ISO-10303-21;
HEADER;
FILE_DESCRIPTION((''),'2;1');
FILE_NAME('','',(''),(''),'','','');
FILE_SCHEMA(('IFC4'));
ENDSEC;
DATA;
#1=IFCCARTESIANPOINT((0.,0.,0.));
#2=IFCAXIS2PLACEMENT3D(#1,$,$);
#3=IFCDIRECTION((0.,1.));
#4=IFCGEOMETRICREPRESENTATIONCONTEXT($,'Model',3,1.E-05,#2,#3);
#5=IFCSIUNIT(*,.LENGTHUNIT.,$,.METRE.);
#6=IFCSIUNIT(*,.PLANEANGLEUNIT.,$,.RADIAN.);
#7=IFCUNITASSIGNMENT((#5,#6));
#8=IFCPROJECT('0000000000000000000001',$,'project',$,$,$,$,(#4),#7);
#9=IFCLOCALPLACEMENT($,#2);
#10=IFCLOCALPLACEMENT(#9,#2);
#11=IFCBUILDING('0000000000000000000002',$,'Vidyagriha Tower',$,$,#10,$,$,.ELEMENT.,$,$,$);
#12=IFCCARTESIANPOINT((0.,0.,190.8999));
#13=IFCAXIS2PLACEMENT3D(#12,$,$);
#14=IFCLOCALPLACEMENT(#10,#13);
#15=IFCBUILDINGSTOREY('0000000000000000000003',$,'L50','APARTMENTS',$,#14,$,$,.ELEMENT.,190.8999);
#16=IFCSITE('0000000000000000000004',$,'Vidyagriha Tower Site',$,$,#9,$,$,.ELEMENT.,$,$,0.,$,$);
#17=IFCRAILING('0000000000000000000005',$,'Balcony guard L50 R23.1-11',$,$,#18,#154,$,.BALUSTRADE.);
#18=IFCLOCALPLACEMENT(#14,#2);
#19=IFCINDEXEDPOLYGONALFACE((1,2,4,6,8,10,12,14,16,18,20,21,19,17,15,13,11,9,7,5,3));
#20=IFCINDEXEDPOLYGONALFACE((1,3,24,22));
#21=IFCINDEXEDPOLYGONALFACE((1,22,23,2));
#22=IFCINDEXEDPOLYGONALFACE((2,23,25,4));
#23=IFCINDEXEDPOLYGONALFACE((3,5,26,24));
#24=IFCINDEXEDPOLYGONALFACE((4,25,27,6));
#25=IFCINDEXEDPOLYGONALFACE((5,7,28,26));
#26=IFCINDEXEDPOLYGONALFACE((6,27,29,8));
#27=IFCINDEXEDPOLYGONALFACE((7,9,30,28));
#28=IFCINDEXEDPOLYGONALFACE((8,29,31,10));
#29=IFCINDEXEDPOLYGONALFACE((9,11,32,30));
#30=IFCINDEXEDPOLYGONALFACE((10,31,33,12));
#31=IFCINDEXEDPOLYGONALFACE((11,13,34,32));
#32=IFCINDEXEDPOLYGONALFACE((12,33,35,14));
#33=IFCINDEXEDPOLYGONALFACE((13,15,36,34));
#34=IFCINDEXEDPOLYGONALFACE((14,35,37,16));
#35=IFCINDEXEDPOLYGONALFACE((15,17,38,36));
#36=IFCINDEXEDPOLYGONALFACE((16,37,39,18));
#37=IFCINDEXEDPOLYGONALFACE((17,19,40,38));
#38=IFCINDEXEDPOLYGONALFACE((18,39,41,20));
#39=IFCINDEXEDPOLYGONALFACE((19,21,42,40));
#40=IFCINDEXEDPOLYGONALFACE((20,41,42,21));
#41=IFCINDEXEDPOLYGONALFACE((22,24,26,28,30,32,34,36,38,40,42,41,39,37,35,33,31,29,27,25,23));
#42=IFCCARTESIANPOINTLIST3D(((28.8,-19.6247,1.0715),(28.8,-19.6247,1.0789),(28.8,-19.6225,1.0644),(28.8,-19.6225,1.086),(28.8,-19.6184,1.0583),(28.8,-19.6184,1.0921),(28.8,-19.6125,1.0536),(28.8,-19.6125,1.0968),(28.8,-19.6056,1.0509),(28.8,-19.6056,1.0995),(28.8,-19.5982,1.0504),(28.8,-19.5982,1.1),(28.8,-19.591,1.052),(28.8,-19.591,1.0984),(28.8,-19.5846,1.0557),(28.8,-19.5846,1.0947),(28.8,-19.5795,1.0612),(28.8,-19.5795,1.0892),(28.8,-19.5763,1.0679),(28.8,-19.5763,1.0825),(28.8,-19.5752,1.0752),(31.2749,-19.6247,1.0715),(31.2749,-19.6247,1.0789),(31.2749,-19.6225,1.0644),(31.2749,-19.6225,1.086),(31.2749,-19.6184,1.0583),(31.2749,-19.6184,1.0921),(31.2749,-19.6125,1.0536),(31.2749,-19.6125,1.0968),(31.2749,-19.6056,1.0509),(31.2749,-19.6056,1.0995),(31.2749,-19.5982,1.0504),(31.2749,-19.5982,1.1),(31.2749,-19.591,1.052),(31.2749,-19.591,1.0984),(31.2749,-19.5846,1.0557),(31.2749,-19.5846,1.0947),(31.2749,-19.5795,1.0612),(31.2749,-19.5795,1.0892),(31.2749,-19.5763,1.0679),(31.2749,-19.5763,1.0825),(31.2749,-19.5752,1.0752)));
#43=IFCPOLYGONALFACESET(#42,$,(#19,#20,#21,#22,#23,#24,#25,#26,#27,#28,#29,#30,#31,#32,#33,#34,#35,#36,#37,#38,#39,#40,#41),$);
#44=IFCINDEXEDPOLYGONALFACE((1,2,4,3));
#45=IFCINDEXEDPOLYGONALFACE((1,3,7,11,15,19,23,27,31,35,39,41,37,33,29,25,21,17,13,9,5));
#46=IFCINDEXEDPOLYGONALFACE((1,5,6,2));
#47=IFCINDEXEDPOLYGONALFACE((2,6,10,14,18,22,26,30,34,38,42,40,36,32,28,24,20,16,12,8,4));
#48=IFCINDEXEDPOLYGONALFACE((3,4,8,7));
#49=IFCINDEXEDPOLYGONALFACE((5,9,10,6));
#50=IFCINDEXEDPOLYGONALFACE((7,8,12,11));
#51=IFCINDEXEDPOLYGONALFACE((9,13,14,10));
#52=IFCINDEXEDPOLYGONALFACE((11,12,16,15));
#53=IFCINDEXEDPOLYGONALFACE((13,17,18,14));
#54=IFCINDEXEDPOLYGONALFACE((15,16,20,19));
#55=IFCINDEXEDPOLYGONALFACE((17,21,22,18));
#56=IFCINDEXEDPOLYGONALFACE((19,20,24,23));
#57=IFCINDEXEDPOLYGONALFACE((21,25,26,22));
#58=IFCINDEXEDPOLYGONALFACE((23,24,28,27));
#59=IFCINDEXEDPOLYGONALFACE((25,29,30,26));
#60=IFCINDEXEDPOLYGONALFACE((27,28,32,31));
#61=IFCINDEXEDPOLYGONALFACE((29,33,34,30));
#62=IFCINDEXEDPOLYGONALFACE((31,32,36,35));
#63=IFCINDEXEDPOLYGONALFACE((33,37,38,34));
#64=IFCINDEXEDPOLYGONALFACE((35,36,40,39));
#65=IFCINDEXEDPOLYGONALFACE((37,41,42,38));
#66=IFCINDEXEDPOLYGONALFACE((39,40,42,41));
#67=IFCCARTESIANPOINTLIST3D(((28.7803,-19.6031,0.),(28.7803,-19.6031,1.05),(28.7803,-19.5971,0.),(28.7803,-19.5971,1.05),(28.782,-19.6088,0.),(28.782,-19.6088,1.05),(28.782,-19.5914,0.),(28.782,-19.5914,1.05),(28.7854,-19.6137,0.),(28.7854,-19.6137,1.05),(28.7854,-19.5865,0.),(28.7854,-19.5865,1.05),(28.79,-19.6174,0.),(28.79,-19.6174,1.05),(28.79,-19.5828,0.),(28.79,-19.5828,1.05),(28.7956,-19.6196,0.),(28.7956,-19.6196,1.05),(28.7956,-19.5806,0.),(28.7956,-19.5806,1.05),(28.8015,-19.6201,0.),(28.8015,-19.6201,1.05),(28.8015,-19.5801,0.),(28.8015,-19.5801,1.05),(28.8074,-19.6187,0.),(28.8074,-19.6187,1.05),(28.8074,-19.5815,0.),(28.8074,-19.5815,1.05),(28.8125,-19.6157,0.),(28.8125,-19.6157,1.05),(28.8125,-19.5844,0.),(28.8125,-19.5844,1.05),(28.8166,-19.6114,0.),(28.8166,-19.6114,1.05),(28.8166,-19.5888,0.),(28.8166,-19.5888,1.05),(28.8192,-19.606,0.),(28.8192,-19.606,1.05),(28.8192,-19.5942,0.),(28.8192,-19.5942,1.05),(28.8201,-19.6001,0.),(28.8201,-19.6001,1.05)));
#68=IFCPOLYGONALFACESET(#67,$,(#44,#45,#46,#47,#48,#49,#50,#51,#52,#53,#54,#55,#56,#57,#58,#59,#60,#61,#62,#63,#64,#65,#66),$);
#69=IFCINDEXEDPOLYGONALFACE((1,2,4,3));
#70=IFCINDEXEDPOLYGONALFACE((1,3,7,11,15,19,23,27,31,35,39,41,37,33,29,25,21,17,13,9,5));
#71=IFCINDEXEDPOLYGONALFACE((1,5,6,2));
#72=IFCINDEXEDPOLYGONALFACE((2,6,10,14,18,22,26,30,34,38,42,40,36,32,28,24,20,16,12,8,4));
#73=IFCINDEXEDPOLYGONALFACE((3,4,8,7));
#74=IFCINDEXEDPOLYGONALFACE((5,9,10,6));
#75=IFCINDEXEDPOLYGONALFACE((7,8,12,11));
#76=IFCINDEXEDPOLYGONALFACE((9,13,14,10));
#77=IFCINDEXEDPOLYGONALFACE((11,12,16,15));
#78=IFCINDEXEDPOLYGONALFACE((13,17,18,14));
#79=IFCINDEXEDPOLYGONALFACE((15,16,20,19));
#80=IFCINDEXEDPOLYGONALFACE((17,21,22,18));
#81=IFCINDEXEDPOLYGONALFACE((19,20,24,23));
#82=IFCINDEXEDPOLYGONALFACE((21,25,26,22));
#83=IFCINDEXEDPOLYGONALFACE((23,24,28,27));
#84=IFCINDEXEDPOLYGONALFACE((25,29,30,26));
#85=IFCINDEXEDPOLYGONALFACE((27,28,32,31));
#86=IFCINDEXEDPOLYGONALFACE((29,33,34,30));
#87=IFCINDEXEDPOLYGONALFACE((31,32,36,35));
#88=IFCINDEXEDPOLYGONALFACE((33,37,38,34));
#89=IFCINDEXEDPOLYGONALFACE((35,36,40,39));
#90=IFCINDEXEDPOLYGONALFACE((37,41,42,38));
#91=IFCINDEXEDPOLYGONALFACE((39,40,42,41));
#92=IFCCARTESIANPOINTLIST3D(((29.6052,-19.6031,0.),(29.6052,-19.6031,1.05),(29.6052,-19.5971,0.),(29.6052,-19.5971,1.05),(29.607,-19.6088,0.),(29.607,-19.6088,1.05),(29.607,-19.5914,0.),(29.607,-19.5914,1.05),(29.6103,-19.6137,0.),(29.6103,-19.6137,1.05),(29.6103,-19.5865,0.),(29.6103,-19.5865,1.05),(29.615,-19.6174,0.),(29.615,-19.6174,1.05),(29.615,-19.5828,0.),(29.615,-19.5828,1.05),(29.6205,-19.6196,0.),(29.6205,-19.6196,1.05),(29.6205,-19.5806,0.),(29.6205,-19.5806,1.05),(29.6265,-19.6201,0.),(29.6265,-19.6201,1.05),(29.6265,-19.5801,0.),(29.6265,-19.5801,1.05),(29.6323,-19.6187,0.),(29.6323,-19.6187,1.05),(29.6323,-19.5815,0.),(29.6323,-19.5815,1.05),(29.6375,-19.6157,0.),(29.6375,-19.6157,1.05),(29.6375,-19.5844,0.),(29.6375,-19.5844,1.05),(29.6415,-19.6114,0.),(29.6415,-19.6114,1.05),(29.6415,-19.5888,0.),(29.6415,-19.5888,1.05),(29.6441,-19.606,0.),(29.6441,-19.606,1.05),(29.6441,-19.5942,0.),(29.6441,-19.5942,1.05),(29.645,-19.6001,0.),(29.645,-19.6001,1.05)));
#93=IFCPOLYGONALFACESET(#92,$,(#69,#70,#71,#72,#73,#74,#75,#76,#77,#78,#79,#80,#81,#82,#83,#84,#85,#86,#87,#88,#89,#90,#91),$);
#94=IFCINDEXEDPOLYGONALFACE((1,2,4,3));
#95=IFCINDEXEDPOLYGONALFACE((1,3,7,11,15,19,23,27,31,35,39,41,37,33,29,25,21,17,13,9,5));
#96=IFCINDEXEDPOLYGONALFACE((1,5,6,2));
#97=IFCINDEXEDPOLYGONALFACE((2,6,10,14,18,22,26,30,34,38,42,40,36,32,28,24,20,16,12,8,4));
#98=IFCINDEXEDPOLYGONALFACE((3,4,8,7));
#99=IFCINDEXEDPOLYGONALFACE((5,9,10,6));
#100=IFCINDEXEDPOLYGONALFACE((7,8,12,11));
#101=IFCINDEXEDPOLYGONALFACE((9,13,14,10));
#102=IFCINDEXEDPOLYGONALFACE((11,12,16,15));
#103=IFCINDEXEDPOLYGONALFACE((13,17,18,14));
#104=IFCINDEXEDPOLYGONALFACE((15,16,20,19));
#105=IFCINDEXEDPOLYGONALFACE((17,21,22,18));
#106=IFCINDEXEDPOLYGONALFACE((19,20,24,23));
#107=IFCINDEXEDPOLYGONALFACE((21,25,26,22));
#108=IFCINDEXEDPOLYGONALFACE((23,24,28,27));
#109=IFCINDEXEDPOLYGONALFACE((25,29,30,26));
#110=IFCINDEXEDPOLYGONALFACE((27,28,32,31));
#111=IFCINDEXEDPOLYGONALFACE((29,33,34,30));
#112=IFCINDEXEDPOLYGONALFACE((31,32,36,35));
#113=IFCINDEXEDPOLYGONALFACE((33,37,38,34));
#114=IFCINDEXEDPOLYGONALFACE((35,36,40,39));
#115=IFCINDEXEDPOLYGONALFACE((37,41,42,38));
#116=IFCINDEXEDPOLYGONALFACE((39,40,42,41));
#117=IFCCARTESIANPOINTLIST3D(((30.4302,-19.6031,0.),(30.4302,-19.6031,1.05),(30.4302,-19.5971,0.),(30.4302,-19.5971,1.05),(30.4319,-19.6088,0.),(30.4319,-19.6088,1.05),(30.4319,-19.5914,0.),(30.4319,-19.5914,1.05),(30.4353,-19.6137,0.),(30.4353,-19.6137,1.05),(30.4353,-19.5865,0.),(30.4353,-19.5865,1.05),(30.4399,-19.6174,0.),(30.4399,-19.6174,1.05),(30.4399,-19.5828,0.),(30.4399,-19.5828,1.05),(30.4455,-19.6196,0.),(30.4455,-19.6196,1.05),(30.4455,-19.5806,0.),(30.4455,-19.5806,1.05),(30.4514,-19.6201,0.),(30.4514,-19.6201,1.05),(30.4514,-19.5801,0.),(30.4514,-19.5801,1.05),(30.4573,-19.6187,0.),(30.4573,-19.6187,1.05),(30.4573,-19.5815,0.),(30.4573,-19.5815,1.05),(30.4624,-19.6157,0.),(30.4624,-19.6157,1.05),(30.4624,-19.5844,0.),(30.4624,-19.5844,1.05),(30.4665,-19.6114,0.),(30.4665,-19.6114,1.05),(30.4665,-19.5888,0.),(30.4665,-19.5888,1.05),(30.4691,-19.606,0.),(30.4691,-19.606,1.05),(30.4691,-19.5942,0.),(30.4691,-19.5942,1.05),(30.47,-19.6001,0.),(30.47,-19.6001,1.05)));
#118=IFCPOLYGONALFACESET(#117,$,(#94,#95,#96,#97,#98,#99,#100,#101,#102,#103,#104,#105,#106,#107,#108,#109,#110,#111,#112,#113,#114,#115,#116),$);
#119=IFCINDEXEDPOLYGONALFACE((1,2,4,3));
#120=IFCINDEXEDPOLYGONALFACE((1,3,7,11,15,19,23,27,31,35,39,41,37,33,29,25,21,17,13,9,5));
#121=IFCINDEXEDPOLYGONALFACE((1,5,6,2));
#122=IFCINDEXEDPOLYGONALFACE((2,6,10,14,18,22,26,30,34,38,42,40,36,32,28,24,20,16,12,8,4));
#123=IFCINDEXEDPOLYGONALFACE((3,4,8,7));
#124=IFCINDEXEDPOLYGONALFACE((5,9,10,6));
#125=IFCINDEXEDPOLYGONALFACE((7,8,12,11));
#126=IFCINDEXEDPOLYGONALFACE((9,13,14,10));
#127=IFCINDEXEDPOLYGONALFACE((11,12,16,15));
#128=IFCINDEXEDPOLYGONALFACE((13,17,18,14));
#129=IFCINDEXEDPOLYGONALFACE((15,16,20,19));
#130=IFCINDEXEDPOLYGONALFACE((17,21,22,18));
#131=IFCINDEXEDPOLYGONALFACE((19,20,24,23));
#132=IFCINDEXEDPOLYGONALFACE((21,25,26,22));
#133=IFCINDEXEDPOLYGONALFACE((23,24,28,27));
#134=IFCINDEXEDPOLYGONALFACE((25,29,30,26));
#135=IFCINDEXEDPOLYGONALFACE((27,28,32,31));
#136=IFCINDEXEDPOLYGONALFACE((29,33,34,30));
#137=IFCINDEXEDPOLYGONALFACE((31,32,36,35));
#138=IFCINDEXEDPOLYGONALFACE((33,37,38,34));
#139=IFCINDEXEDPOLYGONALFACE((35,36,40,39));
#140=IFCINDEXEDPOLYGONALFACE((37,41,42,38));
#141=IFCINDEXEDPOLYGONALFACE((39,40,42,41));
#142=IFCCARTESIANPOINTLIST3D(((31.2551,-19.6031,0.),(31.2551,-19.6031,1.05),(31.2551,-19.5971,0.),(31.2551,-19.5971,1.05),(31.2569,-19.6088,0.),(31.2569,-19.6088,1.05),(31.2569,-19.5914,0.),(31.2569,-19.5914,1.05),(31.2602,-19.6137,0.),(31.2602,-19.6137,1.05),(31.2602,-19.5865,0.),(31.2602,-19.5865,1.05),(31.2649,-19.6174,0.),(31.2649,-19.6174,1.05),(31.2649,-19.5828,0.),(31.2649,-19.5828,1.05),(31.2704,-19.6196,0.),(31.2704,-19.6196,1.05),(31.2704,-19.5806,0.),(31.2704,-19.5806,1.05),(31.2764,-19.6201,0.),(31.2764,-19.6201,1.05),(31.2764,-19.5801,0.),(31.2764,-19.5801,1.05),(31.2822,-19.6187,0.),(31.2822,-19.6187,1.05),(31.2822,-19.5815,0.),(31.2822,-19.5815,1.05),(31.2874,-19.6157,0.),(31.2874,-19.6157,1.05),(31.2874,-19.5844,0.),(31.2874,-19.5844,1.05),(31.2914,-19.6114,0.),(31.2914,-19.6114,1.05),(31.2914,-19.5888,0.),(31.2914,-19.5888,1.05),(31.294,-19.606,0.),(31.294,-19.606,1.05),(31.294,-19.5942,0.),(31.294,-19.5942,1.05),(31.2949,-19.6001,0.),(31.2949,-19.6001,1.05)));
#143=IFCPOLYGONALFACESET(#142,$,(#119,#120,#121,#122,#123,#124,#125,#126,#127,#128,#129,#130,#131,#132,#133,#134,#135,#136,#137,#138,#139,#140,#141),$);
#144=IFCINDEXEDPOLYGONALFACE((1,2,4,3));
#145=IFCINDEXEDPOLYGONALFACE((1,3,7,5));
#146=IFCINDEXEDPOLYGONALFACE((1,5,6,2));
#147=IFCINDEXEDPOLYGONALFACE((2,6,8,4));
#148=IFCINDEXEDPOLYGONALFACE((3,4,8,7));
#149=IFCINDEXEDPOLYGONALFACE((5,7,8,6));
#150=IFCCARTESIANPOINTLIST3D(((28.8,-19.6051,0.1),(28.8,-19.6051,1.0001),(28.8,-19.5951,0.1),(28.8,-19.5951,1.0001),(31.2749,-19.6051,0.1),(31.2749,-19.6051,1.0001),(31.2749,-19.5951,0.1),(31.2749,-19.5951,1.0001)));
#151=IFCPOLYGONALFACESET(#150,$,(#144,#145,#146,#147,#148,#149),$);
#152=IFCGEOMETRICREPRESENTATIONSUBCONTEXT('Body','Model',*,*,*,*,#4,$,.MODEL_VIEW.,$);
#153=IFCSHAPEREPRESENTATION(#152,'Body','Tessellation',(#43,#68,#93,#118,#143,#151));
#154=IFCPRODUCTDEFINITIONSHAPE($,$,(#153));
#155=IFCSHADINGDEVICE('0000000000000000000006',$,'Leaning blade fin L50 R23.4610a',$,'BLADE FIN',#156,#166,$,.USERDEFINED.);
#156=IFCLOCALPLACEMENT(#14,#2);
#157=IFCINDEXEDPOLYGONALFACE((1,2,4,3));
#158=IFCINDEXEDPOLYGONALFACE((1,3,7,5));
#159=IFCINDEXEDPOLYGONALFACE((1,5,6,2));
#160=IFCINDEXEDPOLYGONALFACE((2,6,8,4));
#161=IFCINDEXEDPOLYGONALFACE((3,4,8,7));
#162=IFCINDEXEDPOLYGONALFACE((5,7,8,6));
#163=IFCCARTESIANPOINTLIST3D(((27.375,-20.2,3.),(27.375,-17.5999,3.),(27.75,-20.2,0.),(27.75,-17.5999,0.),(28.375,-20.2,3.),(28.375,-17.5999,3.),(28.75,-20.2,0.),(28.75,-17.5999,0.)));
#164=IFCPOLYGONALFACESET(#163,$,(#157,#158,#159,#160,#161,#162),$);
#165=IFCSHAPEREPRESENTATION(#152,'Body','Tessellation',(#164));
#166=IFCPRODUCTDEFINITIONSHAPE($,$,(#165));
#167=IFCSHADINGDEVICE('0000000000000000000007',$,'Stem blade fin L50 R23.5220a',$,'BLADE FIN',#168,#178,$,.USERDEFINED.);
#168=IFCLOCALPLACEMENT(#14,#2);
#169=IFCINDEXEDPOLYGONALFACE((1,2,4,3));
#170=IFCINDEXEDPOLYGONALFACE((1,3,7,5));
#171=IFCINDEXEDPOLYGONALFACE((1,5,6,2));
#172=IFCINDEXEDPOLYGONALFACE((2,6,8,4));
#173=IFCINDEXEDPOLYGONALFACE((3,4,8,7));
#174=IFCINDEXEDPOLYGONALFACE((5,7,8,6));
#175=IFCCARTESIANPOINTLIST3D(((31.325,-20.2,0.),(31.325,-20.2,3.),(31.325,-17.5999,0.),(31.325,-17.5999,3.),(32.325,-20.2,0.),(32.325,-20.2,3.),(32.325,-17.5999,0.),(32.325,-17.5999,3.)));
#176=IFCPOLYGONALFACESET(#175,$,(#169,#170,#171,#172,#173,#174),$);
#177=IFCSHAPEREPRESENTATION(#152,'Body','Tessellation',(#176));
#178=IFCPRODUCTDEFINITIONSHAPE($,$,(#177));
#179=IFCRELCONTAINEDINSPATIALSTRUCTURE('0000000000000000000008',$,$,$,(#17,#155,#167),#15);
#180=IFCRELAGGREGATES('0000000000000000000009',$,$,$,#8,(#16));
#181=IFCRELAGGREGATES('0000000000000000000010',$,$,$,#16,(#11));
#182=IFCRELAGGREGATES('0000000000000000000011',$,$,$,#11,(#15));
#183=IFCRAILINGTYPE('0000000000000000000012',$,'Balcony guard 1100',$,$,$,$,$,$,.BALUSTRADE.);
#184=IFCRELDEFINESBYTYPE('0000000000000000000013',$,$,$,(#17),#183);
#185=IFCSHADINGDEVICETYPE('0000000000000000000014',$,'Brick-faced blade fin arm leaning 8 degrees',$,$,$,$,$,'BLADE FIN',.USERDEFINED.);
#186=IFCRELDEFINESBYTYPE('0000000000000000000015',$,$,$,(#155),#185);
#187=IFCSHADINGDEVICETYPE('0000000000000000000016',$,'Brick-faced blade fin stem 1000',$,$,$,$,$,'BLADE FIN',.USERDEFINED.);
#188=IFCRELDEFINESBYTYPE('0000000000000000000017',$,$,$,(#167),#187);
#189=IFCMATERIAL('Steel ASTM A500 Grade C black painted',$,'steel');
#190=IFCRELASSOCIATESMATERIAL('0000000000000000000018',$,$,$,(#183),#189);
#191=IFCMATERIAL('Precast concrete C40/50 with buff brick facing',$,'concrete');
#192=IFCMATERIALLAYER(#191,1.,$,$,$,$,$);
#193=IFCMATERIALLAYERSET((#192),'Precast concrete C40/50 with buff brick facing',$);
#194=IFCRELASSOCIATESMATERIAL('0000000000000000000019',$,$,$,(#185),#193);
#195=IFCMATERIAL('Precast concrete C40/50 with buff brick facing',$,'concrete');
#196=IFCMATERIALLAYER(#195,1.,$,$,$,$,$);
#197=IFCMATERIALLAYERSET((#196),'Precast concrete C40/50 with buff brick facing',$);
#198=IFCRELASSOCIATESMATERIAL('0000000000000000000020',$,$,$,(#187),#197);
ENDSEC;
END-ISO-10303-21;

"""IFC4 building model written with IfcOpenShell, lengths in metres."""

from ifc_helpers import new_model, si_unit, direction, frame, origin, origin_2d, place, context, subcontext, project, spatial, polyline, rectangle, circle, outline, extrude, material, layer, layer_set, type_object, element, save


model = new_model("IFC4")

# Units and contexts
model_context = context("Model", 3, precision=1e-05, world=origin(), true_north=direction((0.0, 1.0)))
body_context = subcontext(model_context, "Body", "Model", "MODEL_VIEW")
ifc_project = project(units=[si_unit("LENGTHUNIT", "METRE"), si_unit("PLANEANGLEUNIT", "RADIAN")], contexts=[model_context])

# Site, building, storey
site_placement = place(None, origin())
site = spatial("IfcSite", under=ifc_project, at=site_placement, Name="Vidyagriha Tower Site", CompositionType="ELEMENT", RefElevation=0.0)
building_placement = place(site_placement, origin())
building = spatial("IfcBuilding", under=site, at=building_placement, Name="Vidyagriha Tower", CompositionType="ELEMENT")
storey_placement = place(building_placement, frame((0.0, 0.0, 190.8999)))
storey = spatial("IfcBuildingStorey", under=building, at=storey_placement, Name="L50", Description="APARTMENTS", CompositionType="ELEMENT", Elevation=190.8999)

# Railing
ifc_material_1 = material(Name="Steel ASTM A500 Grade C black painted", Category="steel")
railing_type_1 = type_object("IfcRailingType", Name="Balcony guard 1100", PredefinedType="BALUSTRADE", material=ifc_material_1)
railing_1_placement = place(storey_placement, frame((28.8, -19.6001, 0.0)))
element("IfcRailing", 1, at=railing_1_placement, inside=storey, type_object=railing_type_1, Name="Balcony guard L50 R23.1-11", PredefinedType="BALUSTRADE", context=body_context, shape_type="SweptSolid", body=[
    extrude(circle(Radius=0.0249, at=origin_2d()), frame((0.0, 0.0, 1.0752), z_axis=(1.0, 0.0, 0.0), x_axis=(0.0, 1.0, 0.0)), (0.0, 0.0, 1.0), 2.4749),
    extrude(circle(Radius=0.02, at=origin_2d()), origin(), (0.0, 0.0, 1.0), 1.05),
    extrude(circle(Radius=0.02, at=origin_2d()), frame((0.825, 0.0, 0.0)), (0.0, 0.0, 1.0), 1.05),
    extrude(circle(Radius=0.02, at=origin_2d()), frame((1.6499, 0.0, 0.0)), (0.0, 0.0, 1.0), 1.05),
    extrude(circle(Radius=0.02, at=origin_2d()), frame((2.4749, 0.0, 0.0)), (0.0, 0.0, 1.0), 1.05),
    extrude(rectangle(XDim=0.01, YDim=0.9001, at=origin_2d()), frame((0.0, 0.0, 0.55), z_axis=(1.0, 0.0, 0.0), x_axis=(0.0, 1.0, 0.0)), (0.0, 0.0, 1.0), 2.4749),
])

# Shading devices
ifc_material_2 = material(Name="Precast concrete C40/50 with buff brick facing", Category="concrete")
ifc_layer_1 = layer(ifc_material_2, 1.0)
ifc_layer_set_1 = layer_set([ifc_layer_1], Name="Precast concrete C40/50 with buff brick facing")
shading_device_type_1 = type_object("IfcShadingDeviceType", Name="Brick-faced blade fin arm leaning 8 degrees", ElementType="BLADE FIN", PredefinedType="USERDEFINED", material=ifc_layer_set_1)
shading_device_1_placement = place(storey_placement, frame((27.375, -18.8999, 0.0)))
element("IfcShadingDevice", 2, at=shading_device_1_placement, inside=storey, type_object=shading_device_type_1, Name="Leaning blade fin L50 R23.4610a", ObjectType="BLADE FIN", PredefinedType="USERDEFINED", context=body_context, shape_type="SweptSolid", body=[
    extrude(outline(polyline([(0.375, 0.0), (1.375, 0.0), (1.0, 3.0), (0.0, 3.0), (0.375, 0.0)])), frame((0.0, 1.3, 0.0), z_axis=(0.0, -1.0, 0.0), x_axis=(1.0, 0.0, 0.0)), (0.0, 0.0, 1.0), 2.6001),
])
ifc_material_3 = material(Name="Precast concrete C40/50 with buff brick facing", Category="concrete")
ifc_layer_2 = layer(ifc_material_3, 1.0)
ifc_layer_set_2 = layer_set([ifc_layer_2], Name="Precast concrete C40/50 with buff brick facing")
shading_device_type_2 = type_object("IfcShadingDeviceType", Name="Brick-faced blade fin stem 1000", ElementType="BLADE FIN", PredefinedType="USERDEFINED", material=ifc_layer_set_2)
shading_device_2_placement = place(storey_placement, frame((31.325, -18.8999, 0.0)))
element("IfcShadingDevice", 3, at=shading_device_2_placement, inside=storey, type_object=shading_device_type_2, Name="Stem blade fin L50 R23.5220a", ObjectType="BLADE FIN", PredefinedType="USERDEFINED", context=body_context, shape_type="SweptSolid", body=[
    extrude(outline(polyline([(0.0, 0.0), (1.0, 0.0), (1.0, 3.0), (0.0, 3.0), (0.0, 0.0)])), frame((0.0, 1.3, 0.0), z_axis=(0.0, -1.0, 0.0), x_axis=(1.0, 0.0, 0.0)), (0.0, 0.0, 1.0), 2.6001),
])

save(model, "model.ifc")
